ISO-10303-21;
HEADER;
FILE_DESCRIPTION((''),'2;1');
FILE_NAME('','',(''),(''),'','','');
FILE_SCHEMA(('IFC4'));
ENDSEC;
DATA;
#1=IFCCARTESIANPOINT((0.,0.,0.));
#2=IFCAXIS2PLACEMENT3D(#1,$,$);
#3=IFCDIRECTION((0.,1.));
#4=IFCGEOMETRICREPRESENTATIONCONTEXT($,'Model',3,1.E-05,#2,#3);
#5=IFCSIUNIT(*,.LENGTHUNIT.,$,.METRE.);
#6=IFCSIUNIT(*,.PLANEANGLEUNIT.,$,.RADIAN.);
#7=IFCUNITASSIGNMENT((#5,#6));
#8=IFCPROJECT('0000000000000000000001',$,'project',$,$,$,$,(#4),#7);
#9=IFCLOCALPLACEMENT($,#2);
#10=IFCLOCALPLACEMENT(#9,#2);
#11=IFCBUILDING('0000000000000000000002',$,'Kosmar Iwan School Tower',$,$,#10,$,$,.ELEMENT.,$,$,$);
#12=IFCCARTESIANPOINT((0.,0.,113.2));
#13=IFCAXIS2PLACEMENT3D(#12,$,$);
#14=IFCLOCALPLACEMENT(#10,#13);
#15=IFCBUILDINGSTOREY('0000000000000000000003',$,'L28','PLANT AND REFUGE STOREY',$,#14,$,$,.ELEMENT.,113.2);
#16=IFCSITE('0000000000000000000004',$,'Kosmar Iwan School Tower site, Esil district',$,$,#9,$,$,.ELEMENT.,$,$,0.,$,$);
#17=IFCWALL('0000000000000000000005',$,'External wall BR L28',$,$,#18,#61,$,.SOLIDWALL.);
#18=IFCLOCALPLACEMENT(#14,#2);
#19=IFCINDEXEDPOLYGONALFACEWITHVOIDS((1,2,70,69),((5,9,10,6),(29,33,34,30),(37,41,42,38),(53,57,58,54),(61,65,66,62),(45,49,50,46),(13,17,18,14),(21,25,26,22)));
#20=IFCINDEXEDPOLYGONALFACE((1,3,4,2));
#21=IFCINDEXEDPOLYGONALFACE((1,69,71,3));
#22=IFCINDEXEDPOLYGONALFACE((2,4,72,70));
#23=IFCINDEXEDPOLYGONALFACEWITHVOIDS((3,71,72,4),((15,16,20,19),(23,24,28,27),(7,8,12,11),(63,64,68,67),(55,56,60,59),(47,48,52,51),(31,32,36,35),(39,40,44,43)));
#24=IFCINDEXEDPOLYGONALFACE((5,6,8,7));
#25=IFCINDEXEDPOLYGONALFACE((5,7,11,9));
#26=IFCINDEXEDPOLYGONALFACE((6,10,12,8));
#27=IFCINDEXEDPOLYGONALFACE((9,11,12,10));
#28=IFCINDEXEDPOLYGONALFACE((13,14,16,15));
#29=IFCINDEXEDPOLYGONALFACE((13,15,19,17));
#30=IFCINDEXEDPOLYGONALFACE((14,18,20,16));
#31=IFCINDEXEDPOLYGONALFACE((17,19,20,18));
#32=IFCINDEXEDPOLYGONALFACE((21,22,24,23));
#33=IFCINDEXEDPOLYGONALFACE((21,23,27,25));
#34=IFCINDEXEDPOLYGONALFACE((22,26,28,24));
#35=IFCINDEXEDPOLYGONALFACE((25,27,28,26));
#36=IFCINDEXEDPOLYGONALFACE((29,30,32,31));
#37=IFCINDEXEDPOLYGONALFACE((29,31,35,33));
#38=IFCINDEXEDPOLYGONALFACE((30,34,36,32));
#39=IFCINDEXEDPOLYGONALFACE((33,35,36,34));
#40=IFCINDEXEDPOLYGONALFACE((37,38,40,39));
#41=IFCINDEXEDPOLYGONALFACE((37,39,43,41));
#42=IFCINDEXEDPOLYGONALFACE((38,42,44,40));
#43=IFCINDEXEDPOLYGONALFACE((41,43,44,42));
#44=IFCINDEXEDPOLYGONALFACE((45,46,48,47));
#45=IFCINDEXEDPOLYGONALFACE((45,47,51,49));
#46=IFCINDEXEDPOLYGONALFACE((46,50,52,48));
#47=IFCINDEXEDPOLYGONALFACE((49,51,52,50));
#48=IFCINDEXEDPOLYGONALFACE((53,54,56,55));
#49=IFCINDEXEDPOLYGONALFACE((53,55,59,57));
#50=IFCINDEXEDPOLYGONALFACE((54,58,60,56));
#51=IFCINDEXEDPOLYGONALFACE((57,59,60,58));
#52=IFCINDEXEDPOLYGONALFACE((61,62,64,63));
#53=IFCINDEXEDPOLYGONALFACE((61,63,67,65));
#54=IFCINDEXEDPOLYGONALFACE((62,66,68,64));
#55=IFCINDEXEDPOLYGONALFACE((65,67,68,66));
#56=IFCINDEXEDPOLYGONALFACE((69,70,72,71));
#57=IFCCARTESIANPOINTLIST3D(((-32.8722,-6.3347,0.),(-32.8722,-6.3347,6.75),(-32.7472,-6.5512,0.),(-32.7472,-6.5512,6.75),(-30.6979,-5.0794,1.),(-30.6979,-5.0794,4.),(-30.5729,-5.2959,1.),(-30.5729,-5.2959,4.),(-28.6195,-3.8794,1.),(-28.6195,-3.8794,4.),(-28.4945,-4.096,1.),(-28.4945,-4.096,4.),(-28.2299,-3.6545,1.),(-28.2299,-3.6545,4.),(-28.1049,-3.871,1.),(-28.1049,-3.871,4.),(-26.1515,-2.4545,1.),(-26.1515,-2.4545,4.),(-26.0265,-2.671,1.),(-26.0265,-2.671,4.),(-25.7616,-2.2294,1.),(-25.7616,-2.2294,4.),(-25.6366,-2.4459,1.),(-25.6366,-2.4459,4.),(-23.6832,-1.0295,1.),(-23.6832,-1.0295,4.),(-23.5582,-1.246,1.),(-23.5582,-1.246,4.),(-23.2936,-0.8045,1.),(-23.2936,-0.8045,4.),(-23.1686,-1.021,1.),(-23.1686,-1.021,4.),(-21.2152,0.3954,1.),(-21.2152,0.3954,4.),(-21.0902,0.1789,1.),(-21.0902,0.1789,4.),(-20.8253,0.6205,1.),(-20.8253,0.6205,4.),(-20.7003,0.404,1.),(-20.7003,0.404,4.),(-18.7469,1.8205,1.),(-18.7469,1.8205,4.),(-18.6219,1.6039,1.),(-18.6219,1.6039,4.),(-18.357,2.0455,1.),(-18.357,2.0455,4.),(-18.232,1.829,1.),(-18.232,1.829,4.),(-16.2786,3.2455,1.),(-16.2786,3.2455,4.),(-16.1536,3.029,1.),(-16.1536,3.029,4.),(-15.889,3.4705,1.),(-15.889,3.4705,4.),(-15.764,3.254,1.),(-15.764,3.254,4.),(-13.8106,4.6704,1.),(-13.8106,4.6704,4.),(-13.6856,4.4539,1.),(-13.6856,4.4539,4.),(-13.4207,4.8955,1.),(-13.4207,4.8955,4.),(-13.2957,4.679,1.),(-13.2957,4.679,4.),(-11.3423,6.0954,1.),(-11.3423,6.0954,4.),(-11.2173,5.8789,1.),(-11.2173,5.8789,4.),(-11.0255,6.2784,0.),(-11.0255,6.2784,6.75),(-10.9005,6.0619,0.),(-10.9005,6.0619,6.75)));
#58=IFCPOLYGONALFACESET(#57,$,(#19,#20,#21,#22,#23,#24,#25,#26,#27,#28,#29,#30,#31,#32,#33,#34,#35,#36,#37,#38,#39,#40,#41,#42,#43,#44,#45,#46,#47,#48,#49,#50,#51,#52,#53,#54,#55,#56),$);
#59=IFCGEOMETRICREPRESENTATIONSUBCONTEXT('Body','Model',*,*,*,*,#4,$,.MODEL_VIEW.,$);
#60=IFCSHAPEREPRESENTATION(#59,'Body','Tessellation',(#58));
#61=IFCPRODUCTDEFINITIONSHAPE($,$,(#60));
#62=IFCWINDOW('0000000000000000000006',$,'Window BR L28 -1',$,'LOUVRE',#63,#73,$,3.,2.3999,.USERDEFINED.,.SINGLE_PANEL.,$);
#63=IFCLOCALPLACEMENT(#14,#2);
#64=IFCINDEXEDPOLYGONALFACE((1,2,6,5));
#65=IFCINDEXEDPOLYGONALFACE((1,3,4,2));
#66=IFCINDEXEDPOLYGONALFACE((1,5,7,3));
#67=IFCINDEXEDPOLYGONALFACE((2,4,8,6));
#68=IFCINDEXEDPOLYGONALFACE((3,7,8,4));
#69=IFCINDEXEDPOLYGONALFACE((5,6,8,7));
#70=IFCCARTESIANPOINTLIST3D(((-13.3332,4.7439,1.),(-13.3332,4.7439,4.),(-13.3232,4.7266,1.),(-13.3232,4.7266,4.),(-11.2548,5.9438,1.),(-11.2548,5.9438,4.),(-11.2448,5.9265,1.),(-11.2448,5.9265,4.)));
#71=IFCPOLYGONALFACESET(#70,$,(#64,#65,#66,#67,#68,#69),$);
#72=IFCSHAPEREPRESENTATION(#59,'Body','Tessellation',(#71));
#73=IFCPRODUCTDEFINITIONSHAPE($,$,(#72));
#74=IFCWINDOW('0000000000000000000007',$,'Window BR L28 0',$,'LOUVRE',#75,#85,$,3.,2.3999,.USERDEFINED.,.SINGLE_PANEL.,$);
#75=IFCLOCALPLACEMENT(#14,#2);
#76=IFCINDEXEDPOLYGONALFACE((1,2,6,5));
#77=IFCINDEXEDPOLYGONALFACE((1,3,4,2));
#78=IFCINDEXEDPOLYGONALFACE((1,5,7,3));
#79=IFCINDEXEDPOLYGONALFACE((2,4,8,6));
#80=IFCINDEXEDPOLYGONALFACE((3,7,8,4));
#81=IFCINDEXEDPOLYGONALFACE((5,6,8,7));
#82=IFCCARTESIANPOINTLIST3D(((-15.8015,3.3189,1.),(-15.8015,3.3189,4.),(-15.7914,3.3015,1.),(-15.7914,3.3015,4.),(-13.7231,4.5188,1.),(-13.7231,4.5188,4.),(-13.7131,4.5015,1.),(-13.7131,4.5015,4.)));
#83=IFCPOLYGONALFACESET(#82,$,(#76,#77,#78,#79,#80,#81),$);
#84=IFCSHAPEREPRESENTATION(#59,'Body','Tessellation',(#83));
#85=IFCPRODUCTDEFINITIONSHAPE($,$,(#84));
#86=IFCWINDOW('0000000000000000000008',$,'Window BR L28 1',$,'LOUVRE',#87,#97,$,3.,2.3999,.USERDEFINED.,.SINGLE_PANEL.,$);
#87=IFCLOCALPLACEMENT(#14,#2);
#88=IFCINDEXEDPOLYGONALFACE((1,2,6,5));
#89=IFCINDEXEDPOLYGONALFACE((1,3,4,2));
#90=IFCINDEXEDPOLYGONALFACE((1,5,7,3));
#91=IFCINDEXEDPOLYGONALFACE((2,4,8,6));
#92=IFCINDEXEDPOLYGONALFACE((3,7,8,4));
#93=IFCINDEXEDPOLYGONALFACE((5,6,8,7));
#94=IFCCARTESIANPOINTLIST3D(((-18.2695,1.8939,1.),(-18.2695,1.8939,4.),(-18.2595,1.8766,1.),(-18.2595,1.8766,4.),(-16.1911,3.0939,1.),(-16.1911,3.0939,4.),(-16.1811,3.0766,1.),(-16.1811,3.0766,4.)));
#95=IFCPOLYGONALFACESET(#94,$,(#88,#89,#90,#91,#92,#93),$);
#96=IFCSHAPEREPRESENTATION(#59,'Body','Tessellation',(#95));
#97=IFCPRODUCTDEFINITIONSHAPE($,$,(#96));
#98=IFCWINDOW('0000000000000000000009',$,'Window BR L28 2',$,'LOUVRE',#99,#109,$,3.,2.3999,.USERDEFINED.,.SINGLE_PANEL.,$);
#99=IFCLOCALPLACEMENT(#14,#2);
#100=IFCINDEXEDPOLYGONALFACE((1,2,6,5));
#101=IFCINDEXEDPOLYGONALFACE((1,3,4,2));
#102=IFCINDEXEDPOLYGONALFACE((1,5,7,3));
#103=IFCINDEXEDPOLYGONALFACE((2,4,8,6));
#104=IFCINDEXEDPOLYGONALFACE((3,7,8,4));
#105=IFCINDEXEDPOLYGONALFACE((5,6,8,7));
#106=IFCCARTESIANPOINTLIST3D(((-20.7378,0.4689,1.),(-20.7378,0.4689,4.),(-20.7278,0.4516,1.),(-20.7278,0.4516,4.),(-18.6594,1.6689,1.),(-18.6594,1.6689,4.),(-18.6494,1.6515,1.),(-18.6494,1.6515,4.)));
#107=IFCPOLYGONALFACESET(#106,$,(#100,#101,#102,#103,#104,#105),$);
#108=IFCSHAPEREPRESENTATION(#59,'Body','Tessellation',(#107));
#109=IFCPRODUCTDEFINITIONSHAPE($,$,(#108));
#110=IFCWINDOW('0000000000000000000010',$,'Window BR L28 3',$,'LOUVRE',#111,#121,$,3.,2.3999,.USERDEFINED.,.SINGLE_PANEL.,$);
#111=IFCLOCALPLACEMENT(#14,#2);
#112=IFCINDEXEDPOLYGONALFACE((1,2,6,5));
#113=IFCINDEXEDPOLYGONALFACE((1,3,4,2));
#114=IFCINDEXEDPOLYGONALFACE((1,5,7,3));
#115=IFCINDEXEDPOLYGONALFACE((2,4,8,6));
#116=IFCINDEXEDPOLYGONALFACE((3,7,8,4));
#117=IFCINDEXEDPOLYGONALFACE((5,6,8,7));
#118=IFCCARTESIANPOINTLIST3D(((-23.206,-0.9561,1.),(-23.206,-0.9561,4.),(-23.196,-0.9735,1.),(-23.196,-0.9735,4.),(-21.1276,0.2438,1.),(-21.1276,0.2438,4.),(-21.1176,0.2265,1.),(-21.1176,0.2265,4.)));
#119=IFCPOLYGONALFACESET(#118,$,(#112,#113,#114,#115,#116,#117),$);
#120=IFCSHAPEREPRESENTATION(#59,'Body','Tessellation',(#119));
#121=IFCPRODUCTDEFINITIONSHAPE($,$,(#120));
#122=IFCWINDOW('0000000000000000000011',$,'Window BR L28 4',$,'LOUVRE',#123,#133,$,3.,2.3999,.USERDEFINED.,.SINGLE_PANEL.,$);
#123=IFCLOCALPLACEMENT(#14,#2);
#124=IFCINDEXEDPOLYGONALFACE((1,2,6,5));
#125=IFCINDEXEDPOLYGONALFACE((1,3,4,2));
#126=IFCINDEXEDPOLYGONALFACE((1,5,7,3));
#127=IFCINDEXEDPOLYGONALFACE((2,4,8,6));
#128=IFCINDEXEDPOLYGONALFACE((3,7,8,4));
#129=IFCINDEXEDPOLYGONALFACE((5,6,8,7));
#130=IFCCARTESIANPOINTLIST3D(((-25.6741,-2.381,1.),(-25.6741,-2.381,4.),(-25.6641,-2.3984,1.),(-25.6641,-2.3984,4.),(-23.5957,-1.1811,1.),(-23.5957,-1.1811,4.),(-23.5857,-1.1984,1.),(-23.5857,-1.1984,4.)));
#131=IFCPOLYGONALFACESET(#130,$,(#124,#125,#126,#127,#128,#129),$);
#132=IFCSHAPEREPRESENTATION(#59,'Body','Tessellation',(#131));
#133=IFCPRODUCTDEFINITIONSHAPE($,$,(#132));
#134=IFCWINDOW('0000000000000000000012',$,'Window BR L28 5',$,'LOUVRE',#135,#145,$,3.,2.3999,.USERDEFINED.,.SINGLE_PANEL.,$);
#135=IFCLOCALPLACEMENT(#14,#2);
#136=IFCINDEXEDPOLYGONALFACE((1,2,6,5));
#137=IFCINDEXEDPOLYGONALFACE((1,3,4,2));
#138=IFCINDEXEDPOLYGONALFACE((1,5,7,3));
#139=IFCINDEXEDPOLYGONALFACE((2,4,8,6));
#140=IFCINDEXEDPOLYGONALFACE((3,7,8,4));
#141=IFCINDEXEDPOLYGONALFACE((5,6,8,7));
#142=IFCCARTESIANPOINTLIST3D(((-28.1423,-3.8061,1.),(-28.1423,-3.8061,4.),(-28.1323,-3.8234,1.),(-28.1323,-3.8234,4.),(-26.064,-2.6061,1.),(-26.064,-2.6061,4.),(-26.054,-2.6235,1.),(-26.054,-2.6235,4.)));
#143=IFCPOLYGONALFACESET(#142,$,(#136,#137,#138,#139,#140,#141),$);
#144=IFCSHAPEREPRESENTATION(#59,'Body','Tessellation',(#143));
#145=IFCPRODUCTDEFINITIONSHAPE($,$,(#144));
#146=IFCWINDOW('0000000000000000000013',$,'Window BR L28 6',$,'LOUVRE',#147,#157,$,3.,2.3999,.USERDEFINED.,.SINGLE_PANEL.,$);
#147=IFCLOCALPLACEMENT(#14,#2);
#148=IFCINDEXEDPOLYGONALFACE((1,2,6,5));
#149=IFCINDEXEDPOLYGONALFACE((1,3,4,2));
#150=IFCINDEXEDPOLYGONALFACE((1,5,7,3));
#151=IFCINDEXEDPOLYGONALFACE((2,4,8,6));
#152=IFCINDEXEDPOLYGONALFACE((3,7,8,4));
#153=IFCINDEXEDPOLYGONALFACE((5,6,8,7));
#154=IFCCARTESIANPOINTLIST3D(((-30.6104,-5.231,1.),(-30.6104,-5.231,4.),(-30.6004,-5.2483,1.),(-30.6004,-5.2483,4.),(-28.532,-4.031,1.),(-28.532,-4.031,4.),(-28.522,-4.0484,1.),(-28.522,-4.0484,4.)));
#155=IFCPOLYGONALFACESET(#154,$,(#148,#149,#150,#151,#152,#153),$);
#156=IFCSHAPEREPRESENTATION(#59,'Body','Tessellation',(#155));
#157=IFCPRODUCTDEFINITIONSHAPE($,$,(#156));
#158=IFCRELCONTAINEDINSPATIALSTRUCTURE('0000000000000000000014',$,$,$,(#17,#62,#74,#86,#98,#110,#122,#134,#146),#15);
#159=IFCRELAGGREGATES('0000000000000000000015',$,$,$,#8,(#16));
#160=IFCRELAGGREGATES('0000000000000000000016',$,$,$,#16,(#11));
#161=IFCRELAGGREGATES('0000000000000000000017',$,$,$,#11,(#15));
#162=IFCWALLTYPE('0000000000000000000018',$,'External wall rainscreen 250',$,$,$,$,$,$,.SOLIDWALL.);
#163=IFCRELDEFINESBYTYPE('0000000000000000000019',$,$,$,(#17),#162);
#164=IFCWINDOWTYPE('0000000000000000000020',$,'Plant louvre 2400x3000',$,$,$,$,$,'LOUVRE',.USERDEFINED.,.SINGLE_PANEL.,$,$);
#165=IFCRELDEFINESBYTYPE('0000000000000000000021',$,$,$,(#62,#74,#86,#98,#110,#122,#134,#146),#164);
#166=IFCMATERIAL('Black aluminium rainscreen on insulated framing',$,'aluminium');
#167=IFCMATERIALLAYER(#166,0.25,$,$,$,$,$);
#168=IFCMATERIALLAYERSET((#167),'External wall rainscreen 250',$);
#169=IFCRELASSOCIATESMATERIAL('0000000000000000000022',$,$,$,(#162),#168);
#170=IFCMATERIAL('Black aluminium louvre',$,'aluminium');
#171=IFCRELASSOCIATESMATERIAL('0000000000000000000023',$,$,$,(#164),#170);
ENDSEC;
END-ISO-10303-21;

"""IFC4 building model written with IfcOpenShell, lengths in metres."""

from ifc_helpers import new_model, si_unit, direction, frame, frame_2d, origin, place, context, subcontext, project, spatial, rectangle, extrude, material, layer, layer_set, type_object, element, fill, save


model = new_model("IFC4")

# Units and contexts
model_context = context("Model", 3, precision=1e-05, world=origin(), true_north=direction((0.0, 1.0)))
body_context = subcontext(model_context, "Body", "Model", "MODEL_VIEW")
ifc_project = project(units=[si_unit("LENGTHUNIT", "METRE"), si_unit("PLANEANGLEUNIT", "RADIAN")], contexts=[model_context])

# Site, building, storey
site_placement = place(None, origin())
site = spatial("IfcSite", under=ifc_project, at=site_placement, Name="Kosmar Iwan School Tower site, Esil district", CompositionType="ELEMENT", RefElevation=0.0)
building_placement = place(site_placement, origin())
building = spatial("IfcBuilding", under=site, at=building_placement, Name="Kosmar Iwan School Tower", CompositionType="ELEMENT")
storey_placement = place(building_placement, frame((0.0, 0.0, 113.2)))
storey = spatial("IfcBuildingStorey", under=building, at=storey_placement, Name="L28", Description="PLANT AND REFUGE STOREY", CompositionType="ELEMENT", Elevation=113.2)

# Wall, openings, windows
ifc_material_1 = material(Name="Black aluminium rainscreen on insulated framing", Category="aluminium")
ifc_layer = layer(ifc_material_1, 0.25)
ifc_layer_set = layer_set([ifc_layer], Name="External wall rainscreen 250")
wall_type = type_object("IfcWallType", Name="External wall rainscreen 250", PredefinedType="SOLIDWALL", material=ifc_layer_set)
ifc_material_2 = material(Name="Black aluminium louvre", Category="aluminium")
window_type = type_object("IfcWindowType", Name="Plant louvre 2400x3000", ElementType="LOUVRE", PartitioningType="SINGLE_PANEL", PredefinedType="USERDEFINED", material=ifc_material_2)
wall_1_placement = place(storey_placement, frame((-10.9629, 6.1702, 0.0), z_axis=(0.0, 0.0, 1.0), x_axis=(-0.866028, -0.499996, 0.0)))
wall_1 = element("IfcWall", 1, at=wall_1_placement, inside=storey, type_object=wall_type, Name="External wall BR L28", PredefinedType="SOLIDWALL", context=body_context, shape_type="SweptSolid", body=[
    extrude(rectangle(XDim=25.2263, YDim=0.25, at=frame_2d((12.6133, 0.0))), origin(), (0.0, 0.0, 1.0), 6.75),
])
opening_1_placement = place(wall_1_placement, frame((0.366, 0.0, 1.0)))
opening_1 = element("IfcOpeningElement", 2, at=opening_1_placement, cuts=wall_1, PredefinedType="OPENING", context=body_context, shape_type="SweptSolid", body=[
    extrude(rectangle(XDim=2.3999, YDim=3.0, at=frame_2d((1.2, 1.5))), frame((0.0, 0.137, 0.0), z_axis=(0.0, -1.0, 0.0), x_axis=(1.0, 0.0, 0.0)), (0.0, 0.0, 1.0), 0.2739),
])
opening_2_placement = place(wall_1_placement, frame((3.2161, 0.0, 1.0)))
opening_2 = element("IfcOpeningElement", 3, at=opening_2_placement, cuts=wall_1, PredefinedType="OPENING", context=body_context, shape_type="SweptSolid", body=[
    extrude(rectangle(XDim=2.3999, YDim=3.0, at=frame_2d((1.2, 1.5))), frame((0.0, 0.137, 0.0), z_axis=(0.0, -1.0, 0.0), x_axis=(1.0, 0.0, 0.0)), (0.0, 0.0, 1.0), 0.2739),
])
opening_3_placement = place(wall_1_placement, frame((6.0659, 0.0, 1.0)))
opening_3 = element("IfcOpeningElement", 4, at=opening_3_placement, cuts=wall_1, PredefinedType="OPENING", context=body_context, shape_type="SweptSolid", body=[
    extrude(rectangle(XDim=2.3999, YDim=3.0, at=frame_2d((1.2, 1.5))), frame((0.0, 0.137, 0.0), z_axis=(0.0, -1.0, 0.0), x_axis=(1.0, 0.0, 0.0)), (0.0, 0.0, 1.0), 0.2739),
])
opening_4_placement = place(wall_1_placement, frame((8.916, 0.0, 1.0)))
opening_4 = element("IfcOpeningElement", 5, at=opening_4_placement, cuts=wall_1, PredefinedType="OPENING", context=body_context, shape_type="SweptSolid", body=[
    extrude(rectangle(XDim=2.3999, YDim=3.0, at=frame_2d((1.2, 1.5))), frame((0.0, 0.137, 0.0), z_axis=(0.0, -1.0, 0.0), x_axis=(1.0, 0.0, 0.0)), (0.0, 0.0, 1.0), 0.2739),
])
opening_5_placement = place(wall_1_placement, frame((11.7661, 0.0, 1.0)))
opening_5 = element("IfcOpeningElement", 6, at=opening_5_placement, cuts=wall_1, PredefinedType="OPENING", context=body_context, shape_type="SweptSolid", body=[
    extrude(rectangle(XDim=2.3999, YDim=3.0, at=frame_2d((1.2, 1.5))), frame((0.0, 0.137, 0.0), z_axis=(0.0, -1.0, 0.0), x_axis=(1.0, 0.0, 0.0)), (0.0, 0.0, 1.0), 0.2739),
])
opening_6_placement = place(wall_1_placement, frame((14.616, 0.0, 1.0)))
opening_6 = element("IfcOpeningElement", 7, at=opening_6_placement, cuts=wall_1, PredefinedType="OPENING", context=body_context, shape_type="SweptSolid", body=[
    extrude(rectangle(XDim=2.3999, YDim=3.0, at=frame_2d((1.2, 1.5))), frame((0.0, 0.137, 0.0), z_axis=(0.0, -1.0, 0.0), x_axis=(1.0, 0.0, 0.0)), (0.0, 0.0, 1.0), 0.2739),
])
opening_7_placement = place(wall_1_placement, frame((17.4661, 0.0, 1.0)))
opening_7 = element("IfcOpeningElement", 8, at=opening_7_placement, cuts=wall_1, PredefinedType="OPENING", context=body_context, shape_type="SweptSolid", body=[
    extrude(rectangle(XDim=2.3999, YDim=3.0, at=frame_2d((1.2, 1.5))), frame((0.0, 0.137, 0.0), z_axis=(0.0, -1.0, 0.0), x_axis=(1.0, 0.0, 0.0)), (0.0, 0.0, 1.0), 0.2739),
])
opening_8_placement = place(wall_1_placement, frame((20.3159, 0.0, 1.0)))
opening_8 = element("IfcOpeningElement", 9, at=opening_8_placement, cuts=wall_1, PredefinedType="OPENING", context=body_context, shape_type="SweptSolid", body=[
    extrude(rectangle(XDim=2.3999, YDim=3.0, at=frame_2d((1.2, 1.5))), frame((0.0, 0.137, 0.0), z_axis=(0.0, -1.0, 0.0), x_axis=(1.0, 0.0, 0.0)), (0.0, 0.0, 1.0), 0.2739),
])
window_1_placement = place(opening_1_placement, origin())
window_1 = element("IfcWindow", 10, at=window_1_placement, inside=storey, type_object=window_type, Name="Window BR L28 -1", ObjectType="LOUVRE", OverallHeight=3.0, OverallWidth=2.3999, PartitioningType="SINGLE_PANEL", PredefinedType="USERDEFINED", context=body_context, shape_type="SweptSolid", body=[
    extrude(rectangle(XDim=2.3999, YDim=3.0, at=frame_2d((1.2, 1.5))), frame((0.0, 0.0701, 0.0), z_axis=(0.0, -1.0, 0.0), x_axis=(1.0, 0.0, 0.0)), (0.0, 0.0, 1.0), 0.02),
])
fill(opening_1, window_1)
window_2_placement = place(opening_2_placement, origin())
window_2 = element("IfcWindow", 11, at=window_2_placement, inside=storey, type_object=window_type, Name="Window BR L28 0", ObjectType="LOUVRE", OverallHeight=3.0, OverallWidth=2.3999, PartitioningType="SINGLE_PANEL", PredefinedType="USERDEFINED", context=body_context, shape_type="SweptSolid", body=[
    extrude(rectangle(XDim=2.3999, YDim=3.0, at=frame_2d((1.2, 1.5))), frame((0.0, 0.0701, 0.0), z_axis=(0.0, -1.0, 0.0), x_axis=(1.0, 0.0, 0.0)), (0.0, 0.0, 1.0), 0.02),
])
fill(opening_2, window_2)
window_3_placement = place(opening_3_placement, origin())
window_3 = element("IfcWindow", 12, at=window_3_placement, inside=storey, type_object=window_type, Name="Window BR L28 1", ObjectType="LOUVRE", OverallHeight=3.0, OverallWidth=2.3999, PartitioningType="SINGLE_PANEL", PredefinedType="USERDEFINED", context=body_context, shape_type="SweptSolid", body=[
    extrude(rectangle(XDim=2.3999, YDim=3.0, at=frame_2d((1.2, 1.5))), frame((0.0, 0.0701, 0.0), z_axis=(0.0, -1.0, 0.0), x_axis=(1.0, 0.0, 0.0)), (0.0, 0.0, 1.0), 0.02),
])
fill(opening_3, window_3)
window_4_placement = place(opening_4_placement, origin())
window_4 = element("IfcWindow", 13, at=window_4_placement, inside=storey, type_object=window_type, Name="Window BR L28 2", ObjectType="LOUVRE", OverallHeight=3.0, OverallWidth=2.3999, PartitioningType="SINGLE_PANEL", PredefinedType="USERDEFINED", context=body_context, shape_type="SweptSolid", body=[
    extrude(rectangle(XDim=2.3999, YDim=3.0, at=frame_2d((1.2, 1.5))), frame((0.0, 0.0701, 0.0), z_axis=(0.0, -1.0, 0.0), x_axis=(1.0, 0.0, 0.0)), (0.0, 0.0, 1.0), 0.02),
])
fill(opening_4, window_4)
window_5_placement = place(opening_5_placement, origin())
window_5 = element("IfcWindow", 14, at=window_5_placement, inside=storey, type_object=window_type, Name="Window BR L28 3", ObjectType="LOUVRE", OverallHeight=3.0, OverallWidth=2.3999, PartitioningType="SINGLE_PANEL", PredefinedType="USERDEFINED", context=body_context, shape_type="SweptSolid", body=[
    extrude(rectangle(XDim=2.3999, YDim=3.0, at=frame_2d((1.2, 1.5))), frame((0.0, 0.0701, 0.0), z_axis=(0.0, -1.0, 0.0), x_axis=(1.0, 0.0, 0.0)), (0.0, 0.0, 1.0), 0.02),
])
fill(opening_5, window_5)
window_6_placement = place(opening_6_placement, origin())
window_6 = element("IfcWindow", 15, at=window_6_placement, inside=storey, type_object=window_type, Name="Window BR L28 4", ObjectType="LOUVRE", OverallHeight=3.0, OverallWidth=2.3999, PartitioningType="SINGLE_PANEL", PredefinedType="USERDEFINED", context=body_context, shape_type="SweptSolid", body=[
    extrude(rectangle(XDim=2.3999, YDim=3.0, at=frame_2d((1.2, 1.5))), frame((0.0, 0.0701, 0.0), z_axis=(0.0, -1.0, 0.0), x_axis=(1.0, 0.0, 0.0)), (0.0, 0.0, 1.0), 0.02),
])
fill(opening_6, window_6)
window_7_placement = place(opening_7_placement, origin())
window_7 = element("IfcWindow", 16, at=window_7_placement, inside=storey, type_object=window_type, Name="Window BR L28 5", ObjectType="LOUVRE", OverallHeight=3.0, OverallWidth=2.3999, PartitioningType="SINGLE_PANEL", PredefinedType="USERDEFINED", context=body_context, shape_type="SweptSolid", body=[
    extrude(rectangle(XDim=2.3999, YDim=3.0, at=frame_2d((1.2, 1.5))), frame((0.0, 0.0701, 0.0), z_axis=(0.0, -1.0, 0.0), x_axis=(1.0, 0.0, 0.0)), (0.0, 0.0, 1.0), 0.02),
])
fill(opening_7, window_7)
window_8_placement = place(opening_8_placement, origin())
window_8 = element("IfcWindow", 17, at=window_8_placement, inside=storey, type_object=window_type, Name="Window BR L28 6", ObjectType="LOUVRE", OverallHeight=3.0, OverallWidth=2.3999, PartitioningType="SINGLE_PANEL", PredefinedType="USERDEFINED", context=body_context, shape_type="SweptSolid", body=[
    extrude(rectangle(XDim=2.3999, YDim=3.0, at=frame_2d((1.2, 1.5))), frame((0.0, 0.0701, 0.0), z_axis=(0.0, -1.0, 0.0), x_axis=(1.0, 0.0, 0.0)), (0.0, 0.0, 1.0), 0.02),
])
fill(opening_8, window_8)

save(model, "model.ifc")
